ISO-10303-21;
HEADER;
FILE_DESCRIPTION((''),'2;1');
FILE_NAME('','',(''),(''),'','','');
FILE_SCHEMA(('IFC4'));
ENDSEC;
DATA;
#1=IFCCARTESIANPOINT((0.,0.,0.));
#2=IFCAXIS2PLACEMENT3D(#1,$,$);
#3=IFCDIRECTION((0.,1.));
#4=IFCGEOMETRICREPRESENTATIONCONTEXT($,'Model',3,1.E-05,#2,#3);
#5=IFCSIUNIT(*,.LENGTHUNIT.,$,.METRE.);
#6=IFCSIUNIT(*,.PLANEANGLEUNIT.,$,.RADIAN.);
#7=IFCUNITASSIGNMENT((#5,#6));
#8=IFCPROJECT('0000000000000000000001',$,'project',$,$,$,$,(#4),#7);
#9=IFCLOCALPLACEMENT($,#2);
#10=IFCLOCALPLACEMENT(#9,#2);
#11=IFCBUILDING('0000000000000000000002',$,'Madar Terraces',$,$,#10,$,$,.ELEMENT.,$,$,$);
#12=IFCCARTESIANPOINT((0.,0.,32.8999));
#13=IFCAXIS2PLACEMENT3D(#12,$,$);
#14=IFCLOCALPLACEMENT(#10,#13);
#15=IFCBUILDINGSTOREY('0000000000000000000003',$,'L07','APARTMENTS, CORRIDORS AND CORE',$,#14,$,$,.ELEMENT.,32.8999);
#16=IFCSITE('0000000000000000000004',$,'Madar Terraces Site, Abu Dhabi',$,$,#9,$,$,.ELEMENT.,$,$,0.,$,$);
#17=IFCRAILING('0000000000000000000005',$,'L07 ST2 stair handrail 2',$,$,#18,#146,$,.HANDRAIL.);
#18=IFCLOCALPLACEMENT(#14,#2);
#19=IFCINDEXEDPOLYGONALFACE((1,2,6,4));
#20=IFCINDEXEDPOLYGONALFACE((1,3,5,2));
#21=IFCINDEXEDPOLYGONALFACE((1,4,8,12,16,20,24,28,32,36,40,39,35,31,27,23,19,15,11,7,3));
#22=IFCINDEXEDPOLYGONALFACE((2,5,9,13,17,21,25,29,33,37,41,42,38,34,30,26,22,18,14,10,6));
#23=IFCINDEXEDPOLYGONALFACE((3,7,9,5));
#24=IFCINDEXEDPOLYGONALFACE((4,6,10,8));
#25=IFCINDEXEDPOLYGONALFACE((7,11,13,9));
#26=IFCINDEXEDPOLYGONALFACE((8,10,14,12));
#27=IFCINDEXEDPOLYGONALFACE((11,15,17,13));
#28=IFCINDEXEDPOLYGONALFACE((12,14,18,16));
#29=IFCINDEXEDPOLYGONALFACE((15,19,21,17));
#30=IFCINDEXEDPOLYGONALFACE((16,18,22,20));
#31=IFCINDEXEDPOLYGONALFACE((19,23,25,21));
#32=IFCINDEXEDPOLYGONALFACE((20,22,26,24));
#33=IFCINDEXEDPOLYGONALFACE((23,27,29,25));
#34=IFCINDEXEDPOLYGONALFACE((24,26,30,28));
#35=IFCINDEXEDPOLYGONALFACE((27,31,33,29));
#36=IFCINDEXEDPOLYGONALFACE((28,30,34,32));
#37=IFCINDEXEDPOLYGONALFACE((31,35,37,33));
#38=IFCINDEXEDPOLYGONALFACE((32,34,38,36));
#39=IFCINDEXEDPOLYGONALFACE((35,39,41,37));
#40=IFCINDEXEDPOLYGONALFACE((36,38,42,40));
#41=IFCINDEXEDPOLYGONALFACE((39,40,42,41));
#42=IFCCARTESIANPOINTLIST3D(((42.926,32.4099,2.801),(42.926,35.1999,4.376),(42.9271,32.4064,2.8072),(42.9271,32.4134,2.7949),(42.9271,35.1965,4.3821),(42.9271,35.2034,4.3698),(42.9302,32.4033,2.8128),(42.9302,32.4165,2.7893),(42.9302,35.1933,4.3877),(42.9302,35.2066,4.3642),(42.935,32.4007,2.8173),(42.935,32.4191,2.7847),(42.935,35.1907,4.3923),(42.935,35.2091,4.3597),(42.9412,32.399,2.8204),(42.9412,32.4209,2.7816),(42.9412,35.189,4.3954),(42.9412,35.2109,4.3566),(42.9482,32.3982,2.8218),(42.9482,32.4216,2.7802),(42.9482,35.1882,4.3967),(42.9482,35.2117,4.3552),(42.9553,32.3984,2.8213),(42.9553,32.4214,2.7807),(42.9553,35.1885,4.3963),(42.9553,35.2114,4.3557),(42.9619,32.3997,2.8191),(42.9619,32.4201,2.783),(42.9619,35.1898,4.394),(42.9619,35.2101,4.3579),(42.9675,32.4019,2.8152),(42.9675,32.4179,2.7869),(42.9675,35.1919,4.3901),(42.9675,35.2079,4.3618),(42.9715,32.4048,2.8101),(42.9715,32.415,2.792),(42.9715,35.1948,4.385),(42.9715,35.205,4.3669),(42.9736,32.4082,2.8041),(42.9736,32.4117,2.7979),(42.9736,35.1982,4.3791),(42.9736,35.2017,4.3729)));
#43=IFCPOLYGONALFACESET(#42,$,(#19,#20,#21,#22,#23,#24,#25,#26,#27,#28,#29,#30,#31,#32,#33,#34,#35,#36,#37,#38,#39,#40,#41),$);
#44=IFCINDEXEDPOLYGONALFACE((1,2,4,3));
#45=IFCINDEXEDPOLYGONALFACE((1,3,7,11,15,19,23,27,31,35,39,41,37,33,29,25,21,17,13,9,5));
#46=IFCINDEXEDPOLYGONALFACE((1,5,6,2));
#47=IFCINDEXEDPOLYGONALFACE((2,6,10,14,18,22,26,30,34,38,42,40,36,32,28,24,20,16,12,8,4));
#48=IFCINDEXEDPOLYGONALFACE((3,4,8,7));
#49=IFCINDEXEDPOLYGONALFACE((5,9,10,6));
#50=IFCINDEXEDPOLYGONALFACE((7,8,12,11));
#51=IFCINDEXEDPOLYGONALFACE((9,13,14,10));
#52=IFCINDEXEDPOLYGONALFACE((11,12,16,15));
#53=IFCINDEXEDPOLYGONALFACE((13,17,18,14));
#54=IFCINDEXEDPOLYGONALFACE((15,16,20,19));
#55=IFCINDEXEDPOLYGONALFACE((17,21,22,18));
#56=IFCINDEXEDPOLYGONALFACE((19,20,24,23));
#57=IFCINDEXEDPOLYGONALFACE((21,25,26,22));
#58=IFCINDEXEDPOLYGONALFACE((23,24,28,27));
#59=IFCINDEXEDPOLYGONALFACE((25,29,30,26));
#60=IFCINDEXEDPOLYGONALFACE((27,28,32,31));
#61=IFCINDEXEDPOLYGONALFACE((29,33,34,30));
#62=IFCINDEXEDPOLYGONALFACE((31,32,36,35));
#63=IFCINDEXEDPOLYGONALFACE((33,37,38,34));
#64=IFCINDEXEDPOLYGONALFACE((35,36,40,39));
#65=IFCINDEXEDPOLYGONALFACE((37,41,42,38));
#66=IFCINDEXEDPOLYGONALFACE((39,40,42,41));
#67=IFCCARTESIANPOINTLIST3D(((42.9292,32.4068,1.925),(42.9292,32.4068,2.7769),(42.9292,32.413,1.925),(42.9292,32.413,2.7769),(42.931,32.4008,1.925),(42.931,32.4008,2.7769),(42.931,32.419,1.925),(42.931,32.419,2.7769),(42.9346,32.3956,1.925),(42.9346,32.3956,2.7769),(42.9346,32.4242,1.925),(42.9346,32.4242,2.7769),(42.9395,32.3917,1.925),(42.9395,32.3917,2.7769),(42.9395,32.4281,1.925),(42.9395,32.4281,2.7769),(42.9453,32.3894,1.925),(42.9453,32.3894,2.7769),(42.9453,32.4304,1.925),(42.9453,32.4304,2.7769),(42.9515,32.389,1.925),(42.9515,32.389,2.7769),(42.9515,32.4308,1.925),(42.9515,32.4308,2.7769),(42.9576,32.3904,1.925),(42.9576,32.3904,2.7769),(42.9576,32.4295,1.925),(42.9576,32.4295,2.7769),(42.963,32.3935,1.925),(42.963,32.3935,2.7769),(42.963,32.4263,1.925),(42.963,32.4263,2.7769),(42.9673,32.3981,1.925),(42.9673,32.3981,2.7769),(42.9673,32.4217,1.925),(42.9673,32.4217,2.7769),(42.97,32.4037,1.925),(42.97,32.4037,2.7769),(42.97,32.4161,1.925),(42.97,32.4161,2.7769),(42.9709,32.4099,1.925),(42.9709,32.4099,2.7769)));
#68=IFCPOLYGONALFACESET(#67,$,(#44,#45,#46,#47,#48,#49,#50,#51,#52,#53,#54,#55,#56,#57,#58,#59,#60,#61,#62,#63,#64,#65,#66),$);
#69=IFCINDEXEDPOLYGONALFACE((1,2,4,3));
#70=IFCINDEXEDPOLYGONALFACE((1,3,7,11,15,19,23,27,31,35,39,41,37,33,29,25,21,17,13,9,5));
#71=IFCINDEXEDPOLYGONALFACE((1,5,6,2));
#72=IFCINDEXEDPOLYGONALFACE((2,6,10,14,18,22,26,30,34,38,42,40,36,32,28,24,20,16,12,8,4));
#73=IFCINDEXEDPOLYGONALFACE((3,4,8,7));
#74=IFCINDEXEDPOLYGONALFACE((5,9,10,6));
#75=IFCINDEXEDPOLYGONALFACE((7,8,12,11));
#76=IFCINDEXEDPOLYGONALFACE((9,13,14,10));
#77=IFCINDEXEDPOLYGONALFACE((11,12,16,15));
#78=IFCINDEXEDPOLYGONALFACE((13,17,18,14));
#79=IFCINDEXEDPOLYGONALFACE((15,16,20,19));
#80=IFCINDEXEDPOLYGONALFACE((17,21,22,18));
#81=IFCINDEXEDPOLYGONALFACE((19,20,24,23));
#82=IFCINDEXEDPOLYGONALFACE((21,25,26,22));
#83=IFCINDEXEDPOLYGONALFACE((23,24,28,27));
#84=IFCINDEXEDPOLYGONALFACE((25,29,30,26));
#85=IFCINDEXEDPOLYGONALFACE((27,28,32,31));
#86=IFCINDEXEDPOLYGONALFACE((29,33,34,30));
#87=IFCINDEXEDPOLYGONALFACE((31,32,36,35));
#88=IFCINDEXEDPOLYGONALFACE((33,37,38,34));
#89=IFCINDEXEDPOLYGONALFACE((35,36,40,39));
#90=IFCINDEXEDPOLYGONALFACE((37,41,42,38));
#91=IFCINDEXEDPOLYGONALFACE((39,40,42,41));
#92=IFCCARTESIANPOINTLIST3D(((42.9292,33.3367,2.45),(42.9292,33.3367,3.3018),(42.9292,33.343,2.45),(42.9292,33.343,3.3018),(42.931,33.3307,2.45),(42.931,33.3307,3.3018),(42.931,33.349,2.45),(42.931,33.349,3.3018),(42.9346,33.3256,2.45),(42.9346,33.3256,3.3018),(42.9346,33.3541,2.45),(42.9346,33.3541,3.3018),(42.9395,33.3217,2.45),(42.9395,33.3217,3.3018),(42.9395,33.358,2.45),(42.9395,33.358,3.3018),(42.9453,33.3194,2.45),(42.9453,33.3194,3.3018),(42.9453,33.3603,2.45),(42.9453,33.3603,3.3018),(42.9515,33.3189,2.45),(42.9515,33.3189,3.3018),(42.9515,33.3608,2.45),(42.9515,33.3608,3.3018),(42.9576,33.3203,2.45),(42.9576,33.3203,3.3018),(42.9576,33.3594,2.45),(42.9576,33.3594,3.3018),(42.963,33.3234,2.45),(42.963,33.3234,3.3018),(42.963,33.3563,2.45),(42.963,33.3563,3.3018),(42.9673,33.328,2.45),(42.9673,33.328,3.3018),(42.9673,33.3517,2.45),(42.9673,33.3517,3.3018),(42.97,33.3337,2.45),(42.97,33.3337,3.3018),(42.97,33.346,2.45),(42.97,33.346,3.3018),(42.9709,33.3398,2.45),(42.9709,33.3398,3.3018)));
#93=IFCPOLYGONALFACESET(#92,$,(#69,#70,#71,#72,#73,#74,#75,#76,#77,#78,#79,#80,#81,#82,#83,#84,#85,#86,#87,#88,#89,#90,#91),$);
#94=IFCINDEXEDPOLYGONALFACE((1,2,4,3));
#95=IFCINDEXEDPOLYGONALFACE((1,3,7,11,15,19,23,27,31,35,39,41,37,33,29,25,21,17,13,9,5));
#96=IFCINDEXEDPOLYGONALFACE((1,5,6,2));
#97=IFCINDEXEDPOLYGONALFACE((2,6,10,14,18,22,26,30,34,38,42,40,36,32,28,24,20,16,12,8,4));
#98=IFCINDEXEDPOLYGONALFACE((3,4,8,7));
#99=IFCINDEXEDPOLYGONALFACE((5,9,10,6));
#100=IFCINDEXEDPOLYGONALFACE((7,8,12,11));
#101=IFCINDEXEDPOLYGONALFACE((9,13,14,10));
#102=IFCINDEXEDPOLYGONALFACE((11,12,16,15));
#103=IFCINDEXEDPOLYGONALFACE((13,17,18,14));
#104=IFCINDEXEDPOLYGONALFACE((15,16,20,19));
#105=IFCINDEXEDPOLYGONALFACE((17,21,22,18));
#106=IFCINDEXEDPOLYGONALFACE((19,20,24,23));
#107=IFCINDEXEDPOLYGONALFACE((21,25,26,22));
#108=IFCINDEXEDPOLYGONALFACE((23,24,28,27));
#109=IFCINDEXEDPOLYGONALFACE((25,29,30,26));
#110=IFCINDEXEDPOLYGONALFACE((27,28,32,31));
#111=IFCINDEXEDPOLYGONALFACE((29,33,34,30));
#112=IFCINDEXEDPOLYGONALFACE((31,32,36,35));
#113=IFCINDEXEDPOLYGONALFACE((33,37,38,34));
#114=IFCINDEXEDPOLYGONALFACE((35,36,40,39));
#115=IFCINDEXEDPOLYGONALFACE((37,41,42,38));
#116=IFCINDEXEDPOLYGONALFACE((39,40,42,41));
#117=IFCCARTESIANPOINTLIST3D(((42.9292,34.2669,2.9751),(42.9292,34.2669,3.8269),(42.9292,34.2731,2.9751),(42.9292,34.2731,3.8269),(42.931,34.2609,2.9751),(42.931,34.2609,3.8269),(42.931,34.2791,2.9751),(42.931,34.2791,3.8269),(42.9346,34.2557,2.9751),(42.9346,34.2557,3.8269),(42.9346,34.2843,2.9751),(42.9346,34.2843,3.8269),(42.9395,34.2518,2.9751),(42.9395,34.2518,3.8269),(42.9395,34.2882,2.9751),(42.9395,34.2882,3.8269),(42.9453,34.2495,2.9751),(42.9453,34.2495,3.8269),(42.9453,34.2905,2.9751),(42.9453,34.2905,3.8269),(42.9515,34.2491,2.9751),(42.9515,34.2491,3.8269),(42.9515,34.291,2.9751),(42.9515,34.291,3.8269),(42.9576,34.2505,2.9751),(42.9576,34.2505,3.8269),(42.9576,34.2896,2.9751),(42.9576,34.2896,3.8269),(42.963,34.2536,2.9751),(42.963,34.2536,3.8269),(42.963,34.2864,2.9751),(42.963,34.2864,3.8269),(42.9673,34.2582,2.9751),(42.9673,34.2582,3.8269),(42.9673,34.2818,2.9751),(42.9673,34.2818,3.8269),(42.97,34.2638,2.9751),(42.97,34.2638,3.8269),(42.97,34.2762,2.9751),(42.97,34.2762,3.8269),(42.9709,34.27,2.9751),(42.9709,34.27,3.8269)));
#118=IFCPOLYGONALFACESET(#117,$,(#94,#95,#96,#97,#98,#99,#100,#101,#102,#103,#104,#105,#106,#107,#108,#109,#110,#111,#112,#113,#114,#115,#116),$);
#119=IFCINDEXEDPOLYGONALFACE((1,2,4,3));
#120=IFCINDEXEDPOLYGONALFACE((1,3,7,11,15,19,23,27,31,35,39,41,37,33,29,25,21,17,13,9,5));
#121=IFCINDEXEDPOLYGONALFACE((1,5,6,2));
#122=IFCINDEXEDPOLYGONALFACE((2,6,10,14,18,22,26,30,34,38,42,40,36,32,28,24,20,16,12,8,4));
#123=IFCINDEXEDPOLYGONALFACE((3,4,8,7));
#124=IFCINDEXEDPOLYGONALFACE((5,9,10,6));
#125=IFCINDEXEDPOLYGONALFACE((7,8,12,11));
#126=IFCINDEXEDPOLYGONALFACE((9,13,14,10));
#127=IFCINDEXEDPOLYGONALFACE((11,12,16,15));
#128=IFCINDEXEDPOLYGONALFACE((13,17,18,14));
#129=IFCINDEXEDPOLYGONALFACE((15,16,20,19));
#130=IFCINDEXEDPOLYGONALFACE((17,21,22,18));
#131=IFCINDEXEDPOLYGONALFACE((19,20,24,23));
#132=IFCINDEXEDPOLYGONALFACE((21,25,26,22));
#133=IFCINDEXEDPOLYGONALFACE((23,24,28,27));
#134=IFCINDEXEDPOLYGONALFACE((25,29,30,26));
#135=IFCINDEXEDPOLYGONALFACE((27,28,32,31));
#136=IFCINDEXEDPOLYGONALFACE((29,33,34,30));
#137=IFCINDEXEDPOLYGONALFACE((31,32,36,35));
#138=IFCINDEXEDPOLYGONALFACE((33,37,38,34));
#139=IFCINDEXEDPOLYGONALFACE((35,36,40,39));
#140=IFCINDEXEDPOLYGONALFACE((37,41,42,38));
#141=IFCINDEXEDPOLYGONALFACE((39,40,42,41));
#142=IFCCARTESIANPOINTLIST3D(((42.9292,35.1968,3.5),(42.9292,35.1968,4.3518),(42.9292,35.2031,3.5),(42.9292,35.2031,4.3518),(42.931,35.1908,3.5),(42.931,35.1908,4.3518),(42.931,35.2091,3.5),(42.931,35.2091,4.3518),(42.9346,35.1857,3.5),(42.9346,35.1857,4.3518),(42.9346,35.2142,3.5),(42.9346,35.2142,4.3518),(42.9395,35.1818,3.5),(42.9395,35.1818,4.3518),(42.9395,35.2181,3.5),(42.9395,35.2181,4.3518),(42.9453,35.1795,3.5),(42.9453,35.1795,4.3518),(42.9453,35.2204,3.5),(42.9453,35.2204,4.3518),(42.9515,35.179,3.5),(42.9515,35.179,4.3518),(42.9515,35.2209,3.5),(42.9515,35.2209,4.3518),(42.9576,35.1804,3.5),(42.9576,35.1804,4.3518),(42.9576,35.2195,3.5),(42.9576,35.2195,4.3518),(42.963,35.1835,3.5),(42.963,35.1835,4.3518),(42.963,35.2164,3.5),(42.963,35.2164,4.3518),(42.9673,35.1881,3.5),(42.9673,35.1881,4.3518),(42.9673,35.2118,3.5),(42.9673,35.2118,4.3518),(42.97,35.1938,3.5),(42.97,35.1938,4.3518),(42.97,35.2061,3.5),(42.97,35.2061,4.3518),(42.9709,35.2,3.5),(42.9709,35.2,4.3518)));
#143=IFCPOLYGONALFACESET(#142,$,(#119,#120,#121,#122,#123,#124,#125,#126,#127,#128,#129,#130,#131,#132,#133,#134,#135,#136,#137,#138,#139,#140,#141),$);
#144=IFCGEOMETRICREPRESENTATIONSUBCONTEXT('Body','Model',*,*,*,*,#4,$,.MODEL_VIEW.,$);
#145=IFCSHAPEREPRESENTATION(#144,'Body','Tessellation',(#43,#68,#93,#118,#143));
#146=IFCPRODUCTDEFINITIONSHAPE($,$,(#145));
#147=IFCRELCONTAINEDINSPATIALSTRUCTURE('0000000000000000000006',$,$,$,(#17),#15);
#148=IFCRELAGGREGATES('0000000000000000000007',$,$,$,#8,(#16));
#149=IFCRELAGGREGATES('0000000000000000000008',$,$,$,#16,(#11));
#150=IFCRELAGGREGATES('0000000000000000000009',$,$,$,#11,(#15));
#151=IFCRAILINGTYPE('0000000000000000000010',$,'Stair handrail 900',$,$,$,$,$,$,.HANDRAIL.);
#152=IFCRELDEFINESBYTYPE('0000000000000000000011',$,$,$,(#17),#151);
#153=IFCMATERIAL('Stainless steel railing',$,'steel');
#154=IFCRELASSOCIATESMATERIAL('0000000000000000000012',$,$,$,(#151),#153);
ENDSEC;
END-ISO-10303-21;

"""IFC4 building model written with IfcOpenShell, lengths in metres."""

from ifc_helpers import new_model, si_unit, direction, frame, origin, origin_2d, place, context, subcontext, project, spatial, circle, extrude, material, type_object, element, save


model = new_model("IFC4")

# Units and contexts
model_context = context("Model", 3, precision=1e-05, world=origin(), true_north=direction((0.0, 1.0)))
body_context = subcontext(model_context, "Body", "Model", "MODEL_VIEW")
ifc_project = project(units=[si_unit("LENGTHUNIT", "METRE"), si_unit("PLANEANGLEUNIT", "RADIAN")], contexts=[model_context])

# Site, building, storey
site_placement = place(None, origin())
site = spatial("IfcSite", under=ifc_project, at=site_placement, Name="Madar Terraces Site, Abu Dhabi", CompositionType="ELEMENT", RefElevation=0.0)
building_placement = place(site_placement, origin())
building = spatial("IfcBuilding", under=site, at=building_placement, Name="Madar Terraces", CompositionType="ELEMENT")
storey_placement = place(building_placement, frame((0.0, 0.0, 32.8999)))
storey = spatial("IfcBuildingStorey", under=building, at=storey_placement, Name="L07", Description="APARTMENTS, CORRIDORS AND CORE", CompositionType="ELEMENT", Elevation=32.8999)

# Railing
ifc_material_1 = material(Name="Stainless steel railing", Category="steel")
railing_type_1 = type_object("IfcRailingType", Name="Stair handrail 900", PredefinedType="HANDRAIL", material=ifc_material_1)
railing_1_placement = place(storey_placement, frame((42.95, 32.4099, 1.925)))
element("IfcRailing", 1, at=railing_1_placement, inside=storey, type_object=railing_type_1, Name="L07 ST2 stair handrail 2", PredefinedType="HANDRAIL", context=body_context, shape_type="SweptSolid", body=[
    extrude(circle(Radius=0.0239, at=origin_2d()), frame((0.0, 0.0, 0.876), z_axis=(0.0, 0.870834, 0.491578), x_axis=(-1.0, 0.0, 0.0)), (0.0, 0.0, 1.0), 3.2039),
    extrude(circle(Radius=0.021, at=origin_2d()), origin(), (0.0, 0.0, 1.0), 0.8518),
    extrude(circle(Radius=0.021, at=origin_2d()), frame((0.0, 0.9299, 0.5249)), (0.0, 0.0, 1.0), 0.8518),
    extrude(circle(Radius=0.021, at=origin_2d()), frame((0.0, 1.8601, 1.05)), (0.0, 0.0, 1.0), 0.8518),
    extrude(circle(Radius=0.021, at=origin_2d()), frame((0.0, 2.79, 1.575)), (0.0, 0.0, 1.0), 0.8518),
])

save(model, "model.ifc")
